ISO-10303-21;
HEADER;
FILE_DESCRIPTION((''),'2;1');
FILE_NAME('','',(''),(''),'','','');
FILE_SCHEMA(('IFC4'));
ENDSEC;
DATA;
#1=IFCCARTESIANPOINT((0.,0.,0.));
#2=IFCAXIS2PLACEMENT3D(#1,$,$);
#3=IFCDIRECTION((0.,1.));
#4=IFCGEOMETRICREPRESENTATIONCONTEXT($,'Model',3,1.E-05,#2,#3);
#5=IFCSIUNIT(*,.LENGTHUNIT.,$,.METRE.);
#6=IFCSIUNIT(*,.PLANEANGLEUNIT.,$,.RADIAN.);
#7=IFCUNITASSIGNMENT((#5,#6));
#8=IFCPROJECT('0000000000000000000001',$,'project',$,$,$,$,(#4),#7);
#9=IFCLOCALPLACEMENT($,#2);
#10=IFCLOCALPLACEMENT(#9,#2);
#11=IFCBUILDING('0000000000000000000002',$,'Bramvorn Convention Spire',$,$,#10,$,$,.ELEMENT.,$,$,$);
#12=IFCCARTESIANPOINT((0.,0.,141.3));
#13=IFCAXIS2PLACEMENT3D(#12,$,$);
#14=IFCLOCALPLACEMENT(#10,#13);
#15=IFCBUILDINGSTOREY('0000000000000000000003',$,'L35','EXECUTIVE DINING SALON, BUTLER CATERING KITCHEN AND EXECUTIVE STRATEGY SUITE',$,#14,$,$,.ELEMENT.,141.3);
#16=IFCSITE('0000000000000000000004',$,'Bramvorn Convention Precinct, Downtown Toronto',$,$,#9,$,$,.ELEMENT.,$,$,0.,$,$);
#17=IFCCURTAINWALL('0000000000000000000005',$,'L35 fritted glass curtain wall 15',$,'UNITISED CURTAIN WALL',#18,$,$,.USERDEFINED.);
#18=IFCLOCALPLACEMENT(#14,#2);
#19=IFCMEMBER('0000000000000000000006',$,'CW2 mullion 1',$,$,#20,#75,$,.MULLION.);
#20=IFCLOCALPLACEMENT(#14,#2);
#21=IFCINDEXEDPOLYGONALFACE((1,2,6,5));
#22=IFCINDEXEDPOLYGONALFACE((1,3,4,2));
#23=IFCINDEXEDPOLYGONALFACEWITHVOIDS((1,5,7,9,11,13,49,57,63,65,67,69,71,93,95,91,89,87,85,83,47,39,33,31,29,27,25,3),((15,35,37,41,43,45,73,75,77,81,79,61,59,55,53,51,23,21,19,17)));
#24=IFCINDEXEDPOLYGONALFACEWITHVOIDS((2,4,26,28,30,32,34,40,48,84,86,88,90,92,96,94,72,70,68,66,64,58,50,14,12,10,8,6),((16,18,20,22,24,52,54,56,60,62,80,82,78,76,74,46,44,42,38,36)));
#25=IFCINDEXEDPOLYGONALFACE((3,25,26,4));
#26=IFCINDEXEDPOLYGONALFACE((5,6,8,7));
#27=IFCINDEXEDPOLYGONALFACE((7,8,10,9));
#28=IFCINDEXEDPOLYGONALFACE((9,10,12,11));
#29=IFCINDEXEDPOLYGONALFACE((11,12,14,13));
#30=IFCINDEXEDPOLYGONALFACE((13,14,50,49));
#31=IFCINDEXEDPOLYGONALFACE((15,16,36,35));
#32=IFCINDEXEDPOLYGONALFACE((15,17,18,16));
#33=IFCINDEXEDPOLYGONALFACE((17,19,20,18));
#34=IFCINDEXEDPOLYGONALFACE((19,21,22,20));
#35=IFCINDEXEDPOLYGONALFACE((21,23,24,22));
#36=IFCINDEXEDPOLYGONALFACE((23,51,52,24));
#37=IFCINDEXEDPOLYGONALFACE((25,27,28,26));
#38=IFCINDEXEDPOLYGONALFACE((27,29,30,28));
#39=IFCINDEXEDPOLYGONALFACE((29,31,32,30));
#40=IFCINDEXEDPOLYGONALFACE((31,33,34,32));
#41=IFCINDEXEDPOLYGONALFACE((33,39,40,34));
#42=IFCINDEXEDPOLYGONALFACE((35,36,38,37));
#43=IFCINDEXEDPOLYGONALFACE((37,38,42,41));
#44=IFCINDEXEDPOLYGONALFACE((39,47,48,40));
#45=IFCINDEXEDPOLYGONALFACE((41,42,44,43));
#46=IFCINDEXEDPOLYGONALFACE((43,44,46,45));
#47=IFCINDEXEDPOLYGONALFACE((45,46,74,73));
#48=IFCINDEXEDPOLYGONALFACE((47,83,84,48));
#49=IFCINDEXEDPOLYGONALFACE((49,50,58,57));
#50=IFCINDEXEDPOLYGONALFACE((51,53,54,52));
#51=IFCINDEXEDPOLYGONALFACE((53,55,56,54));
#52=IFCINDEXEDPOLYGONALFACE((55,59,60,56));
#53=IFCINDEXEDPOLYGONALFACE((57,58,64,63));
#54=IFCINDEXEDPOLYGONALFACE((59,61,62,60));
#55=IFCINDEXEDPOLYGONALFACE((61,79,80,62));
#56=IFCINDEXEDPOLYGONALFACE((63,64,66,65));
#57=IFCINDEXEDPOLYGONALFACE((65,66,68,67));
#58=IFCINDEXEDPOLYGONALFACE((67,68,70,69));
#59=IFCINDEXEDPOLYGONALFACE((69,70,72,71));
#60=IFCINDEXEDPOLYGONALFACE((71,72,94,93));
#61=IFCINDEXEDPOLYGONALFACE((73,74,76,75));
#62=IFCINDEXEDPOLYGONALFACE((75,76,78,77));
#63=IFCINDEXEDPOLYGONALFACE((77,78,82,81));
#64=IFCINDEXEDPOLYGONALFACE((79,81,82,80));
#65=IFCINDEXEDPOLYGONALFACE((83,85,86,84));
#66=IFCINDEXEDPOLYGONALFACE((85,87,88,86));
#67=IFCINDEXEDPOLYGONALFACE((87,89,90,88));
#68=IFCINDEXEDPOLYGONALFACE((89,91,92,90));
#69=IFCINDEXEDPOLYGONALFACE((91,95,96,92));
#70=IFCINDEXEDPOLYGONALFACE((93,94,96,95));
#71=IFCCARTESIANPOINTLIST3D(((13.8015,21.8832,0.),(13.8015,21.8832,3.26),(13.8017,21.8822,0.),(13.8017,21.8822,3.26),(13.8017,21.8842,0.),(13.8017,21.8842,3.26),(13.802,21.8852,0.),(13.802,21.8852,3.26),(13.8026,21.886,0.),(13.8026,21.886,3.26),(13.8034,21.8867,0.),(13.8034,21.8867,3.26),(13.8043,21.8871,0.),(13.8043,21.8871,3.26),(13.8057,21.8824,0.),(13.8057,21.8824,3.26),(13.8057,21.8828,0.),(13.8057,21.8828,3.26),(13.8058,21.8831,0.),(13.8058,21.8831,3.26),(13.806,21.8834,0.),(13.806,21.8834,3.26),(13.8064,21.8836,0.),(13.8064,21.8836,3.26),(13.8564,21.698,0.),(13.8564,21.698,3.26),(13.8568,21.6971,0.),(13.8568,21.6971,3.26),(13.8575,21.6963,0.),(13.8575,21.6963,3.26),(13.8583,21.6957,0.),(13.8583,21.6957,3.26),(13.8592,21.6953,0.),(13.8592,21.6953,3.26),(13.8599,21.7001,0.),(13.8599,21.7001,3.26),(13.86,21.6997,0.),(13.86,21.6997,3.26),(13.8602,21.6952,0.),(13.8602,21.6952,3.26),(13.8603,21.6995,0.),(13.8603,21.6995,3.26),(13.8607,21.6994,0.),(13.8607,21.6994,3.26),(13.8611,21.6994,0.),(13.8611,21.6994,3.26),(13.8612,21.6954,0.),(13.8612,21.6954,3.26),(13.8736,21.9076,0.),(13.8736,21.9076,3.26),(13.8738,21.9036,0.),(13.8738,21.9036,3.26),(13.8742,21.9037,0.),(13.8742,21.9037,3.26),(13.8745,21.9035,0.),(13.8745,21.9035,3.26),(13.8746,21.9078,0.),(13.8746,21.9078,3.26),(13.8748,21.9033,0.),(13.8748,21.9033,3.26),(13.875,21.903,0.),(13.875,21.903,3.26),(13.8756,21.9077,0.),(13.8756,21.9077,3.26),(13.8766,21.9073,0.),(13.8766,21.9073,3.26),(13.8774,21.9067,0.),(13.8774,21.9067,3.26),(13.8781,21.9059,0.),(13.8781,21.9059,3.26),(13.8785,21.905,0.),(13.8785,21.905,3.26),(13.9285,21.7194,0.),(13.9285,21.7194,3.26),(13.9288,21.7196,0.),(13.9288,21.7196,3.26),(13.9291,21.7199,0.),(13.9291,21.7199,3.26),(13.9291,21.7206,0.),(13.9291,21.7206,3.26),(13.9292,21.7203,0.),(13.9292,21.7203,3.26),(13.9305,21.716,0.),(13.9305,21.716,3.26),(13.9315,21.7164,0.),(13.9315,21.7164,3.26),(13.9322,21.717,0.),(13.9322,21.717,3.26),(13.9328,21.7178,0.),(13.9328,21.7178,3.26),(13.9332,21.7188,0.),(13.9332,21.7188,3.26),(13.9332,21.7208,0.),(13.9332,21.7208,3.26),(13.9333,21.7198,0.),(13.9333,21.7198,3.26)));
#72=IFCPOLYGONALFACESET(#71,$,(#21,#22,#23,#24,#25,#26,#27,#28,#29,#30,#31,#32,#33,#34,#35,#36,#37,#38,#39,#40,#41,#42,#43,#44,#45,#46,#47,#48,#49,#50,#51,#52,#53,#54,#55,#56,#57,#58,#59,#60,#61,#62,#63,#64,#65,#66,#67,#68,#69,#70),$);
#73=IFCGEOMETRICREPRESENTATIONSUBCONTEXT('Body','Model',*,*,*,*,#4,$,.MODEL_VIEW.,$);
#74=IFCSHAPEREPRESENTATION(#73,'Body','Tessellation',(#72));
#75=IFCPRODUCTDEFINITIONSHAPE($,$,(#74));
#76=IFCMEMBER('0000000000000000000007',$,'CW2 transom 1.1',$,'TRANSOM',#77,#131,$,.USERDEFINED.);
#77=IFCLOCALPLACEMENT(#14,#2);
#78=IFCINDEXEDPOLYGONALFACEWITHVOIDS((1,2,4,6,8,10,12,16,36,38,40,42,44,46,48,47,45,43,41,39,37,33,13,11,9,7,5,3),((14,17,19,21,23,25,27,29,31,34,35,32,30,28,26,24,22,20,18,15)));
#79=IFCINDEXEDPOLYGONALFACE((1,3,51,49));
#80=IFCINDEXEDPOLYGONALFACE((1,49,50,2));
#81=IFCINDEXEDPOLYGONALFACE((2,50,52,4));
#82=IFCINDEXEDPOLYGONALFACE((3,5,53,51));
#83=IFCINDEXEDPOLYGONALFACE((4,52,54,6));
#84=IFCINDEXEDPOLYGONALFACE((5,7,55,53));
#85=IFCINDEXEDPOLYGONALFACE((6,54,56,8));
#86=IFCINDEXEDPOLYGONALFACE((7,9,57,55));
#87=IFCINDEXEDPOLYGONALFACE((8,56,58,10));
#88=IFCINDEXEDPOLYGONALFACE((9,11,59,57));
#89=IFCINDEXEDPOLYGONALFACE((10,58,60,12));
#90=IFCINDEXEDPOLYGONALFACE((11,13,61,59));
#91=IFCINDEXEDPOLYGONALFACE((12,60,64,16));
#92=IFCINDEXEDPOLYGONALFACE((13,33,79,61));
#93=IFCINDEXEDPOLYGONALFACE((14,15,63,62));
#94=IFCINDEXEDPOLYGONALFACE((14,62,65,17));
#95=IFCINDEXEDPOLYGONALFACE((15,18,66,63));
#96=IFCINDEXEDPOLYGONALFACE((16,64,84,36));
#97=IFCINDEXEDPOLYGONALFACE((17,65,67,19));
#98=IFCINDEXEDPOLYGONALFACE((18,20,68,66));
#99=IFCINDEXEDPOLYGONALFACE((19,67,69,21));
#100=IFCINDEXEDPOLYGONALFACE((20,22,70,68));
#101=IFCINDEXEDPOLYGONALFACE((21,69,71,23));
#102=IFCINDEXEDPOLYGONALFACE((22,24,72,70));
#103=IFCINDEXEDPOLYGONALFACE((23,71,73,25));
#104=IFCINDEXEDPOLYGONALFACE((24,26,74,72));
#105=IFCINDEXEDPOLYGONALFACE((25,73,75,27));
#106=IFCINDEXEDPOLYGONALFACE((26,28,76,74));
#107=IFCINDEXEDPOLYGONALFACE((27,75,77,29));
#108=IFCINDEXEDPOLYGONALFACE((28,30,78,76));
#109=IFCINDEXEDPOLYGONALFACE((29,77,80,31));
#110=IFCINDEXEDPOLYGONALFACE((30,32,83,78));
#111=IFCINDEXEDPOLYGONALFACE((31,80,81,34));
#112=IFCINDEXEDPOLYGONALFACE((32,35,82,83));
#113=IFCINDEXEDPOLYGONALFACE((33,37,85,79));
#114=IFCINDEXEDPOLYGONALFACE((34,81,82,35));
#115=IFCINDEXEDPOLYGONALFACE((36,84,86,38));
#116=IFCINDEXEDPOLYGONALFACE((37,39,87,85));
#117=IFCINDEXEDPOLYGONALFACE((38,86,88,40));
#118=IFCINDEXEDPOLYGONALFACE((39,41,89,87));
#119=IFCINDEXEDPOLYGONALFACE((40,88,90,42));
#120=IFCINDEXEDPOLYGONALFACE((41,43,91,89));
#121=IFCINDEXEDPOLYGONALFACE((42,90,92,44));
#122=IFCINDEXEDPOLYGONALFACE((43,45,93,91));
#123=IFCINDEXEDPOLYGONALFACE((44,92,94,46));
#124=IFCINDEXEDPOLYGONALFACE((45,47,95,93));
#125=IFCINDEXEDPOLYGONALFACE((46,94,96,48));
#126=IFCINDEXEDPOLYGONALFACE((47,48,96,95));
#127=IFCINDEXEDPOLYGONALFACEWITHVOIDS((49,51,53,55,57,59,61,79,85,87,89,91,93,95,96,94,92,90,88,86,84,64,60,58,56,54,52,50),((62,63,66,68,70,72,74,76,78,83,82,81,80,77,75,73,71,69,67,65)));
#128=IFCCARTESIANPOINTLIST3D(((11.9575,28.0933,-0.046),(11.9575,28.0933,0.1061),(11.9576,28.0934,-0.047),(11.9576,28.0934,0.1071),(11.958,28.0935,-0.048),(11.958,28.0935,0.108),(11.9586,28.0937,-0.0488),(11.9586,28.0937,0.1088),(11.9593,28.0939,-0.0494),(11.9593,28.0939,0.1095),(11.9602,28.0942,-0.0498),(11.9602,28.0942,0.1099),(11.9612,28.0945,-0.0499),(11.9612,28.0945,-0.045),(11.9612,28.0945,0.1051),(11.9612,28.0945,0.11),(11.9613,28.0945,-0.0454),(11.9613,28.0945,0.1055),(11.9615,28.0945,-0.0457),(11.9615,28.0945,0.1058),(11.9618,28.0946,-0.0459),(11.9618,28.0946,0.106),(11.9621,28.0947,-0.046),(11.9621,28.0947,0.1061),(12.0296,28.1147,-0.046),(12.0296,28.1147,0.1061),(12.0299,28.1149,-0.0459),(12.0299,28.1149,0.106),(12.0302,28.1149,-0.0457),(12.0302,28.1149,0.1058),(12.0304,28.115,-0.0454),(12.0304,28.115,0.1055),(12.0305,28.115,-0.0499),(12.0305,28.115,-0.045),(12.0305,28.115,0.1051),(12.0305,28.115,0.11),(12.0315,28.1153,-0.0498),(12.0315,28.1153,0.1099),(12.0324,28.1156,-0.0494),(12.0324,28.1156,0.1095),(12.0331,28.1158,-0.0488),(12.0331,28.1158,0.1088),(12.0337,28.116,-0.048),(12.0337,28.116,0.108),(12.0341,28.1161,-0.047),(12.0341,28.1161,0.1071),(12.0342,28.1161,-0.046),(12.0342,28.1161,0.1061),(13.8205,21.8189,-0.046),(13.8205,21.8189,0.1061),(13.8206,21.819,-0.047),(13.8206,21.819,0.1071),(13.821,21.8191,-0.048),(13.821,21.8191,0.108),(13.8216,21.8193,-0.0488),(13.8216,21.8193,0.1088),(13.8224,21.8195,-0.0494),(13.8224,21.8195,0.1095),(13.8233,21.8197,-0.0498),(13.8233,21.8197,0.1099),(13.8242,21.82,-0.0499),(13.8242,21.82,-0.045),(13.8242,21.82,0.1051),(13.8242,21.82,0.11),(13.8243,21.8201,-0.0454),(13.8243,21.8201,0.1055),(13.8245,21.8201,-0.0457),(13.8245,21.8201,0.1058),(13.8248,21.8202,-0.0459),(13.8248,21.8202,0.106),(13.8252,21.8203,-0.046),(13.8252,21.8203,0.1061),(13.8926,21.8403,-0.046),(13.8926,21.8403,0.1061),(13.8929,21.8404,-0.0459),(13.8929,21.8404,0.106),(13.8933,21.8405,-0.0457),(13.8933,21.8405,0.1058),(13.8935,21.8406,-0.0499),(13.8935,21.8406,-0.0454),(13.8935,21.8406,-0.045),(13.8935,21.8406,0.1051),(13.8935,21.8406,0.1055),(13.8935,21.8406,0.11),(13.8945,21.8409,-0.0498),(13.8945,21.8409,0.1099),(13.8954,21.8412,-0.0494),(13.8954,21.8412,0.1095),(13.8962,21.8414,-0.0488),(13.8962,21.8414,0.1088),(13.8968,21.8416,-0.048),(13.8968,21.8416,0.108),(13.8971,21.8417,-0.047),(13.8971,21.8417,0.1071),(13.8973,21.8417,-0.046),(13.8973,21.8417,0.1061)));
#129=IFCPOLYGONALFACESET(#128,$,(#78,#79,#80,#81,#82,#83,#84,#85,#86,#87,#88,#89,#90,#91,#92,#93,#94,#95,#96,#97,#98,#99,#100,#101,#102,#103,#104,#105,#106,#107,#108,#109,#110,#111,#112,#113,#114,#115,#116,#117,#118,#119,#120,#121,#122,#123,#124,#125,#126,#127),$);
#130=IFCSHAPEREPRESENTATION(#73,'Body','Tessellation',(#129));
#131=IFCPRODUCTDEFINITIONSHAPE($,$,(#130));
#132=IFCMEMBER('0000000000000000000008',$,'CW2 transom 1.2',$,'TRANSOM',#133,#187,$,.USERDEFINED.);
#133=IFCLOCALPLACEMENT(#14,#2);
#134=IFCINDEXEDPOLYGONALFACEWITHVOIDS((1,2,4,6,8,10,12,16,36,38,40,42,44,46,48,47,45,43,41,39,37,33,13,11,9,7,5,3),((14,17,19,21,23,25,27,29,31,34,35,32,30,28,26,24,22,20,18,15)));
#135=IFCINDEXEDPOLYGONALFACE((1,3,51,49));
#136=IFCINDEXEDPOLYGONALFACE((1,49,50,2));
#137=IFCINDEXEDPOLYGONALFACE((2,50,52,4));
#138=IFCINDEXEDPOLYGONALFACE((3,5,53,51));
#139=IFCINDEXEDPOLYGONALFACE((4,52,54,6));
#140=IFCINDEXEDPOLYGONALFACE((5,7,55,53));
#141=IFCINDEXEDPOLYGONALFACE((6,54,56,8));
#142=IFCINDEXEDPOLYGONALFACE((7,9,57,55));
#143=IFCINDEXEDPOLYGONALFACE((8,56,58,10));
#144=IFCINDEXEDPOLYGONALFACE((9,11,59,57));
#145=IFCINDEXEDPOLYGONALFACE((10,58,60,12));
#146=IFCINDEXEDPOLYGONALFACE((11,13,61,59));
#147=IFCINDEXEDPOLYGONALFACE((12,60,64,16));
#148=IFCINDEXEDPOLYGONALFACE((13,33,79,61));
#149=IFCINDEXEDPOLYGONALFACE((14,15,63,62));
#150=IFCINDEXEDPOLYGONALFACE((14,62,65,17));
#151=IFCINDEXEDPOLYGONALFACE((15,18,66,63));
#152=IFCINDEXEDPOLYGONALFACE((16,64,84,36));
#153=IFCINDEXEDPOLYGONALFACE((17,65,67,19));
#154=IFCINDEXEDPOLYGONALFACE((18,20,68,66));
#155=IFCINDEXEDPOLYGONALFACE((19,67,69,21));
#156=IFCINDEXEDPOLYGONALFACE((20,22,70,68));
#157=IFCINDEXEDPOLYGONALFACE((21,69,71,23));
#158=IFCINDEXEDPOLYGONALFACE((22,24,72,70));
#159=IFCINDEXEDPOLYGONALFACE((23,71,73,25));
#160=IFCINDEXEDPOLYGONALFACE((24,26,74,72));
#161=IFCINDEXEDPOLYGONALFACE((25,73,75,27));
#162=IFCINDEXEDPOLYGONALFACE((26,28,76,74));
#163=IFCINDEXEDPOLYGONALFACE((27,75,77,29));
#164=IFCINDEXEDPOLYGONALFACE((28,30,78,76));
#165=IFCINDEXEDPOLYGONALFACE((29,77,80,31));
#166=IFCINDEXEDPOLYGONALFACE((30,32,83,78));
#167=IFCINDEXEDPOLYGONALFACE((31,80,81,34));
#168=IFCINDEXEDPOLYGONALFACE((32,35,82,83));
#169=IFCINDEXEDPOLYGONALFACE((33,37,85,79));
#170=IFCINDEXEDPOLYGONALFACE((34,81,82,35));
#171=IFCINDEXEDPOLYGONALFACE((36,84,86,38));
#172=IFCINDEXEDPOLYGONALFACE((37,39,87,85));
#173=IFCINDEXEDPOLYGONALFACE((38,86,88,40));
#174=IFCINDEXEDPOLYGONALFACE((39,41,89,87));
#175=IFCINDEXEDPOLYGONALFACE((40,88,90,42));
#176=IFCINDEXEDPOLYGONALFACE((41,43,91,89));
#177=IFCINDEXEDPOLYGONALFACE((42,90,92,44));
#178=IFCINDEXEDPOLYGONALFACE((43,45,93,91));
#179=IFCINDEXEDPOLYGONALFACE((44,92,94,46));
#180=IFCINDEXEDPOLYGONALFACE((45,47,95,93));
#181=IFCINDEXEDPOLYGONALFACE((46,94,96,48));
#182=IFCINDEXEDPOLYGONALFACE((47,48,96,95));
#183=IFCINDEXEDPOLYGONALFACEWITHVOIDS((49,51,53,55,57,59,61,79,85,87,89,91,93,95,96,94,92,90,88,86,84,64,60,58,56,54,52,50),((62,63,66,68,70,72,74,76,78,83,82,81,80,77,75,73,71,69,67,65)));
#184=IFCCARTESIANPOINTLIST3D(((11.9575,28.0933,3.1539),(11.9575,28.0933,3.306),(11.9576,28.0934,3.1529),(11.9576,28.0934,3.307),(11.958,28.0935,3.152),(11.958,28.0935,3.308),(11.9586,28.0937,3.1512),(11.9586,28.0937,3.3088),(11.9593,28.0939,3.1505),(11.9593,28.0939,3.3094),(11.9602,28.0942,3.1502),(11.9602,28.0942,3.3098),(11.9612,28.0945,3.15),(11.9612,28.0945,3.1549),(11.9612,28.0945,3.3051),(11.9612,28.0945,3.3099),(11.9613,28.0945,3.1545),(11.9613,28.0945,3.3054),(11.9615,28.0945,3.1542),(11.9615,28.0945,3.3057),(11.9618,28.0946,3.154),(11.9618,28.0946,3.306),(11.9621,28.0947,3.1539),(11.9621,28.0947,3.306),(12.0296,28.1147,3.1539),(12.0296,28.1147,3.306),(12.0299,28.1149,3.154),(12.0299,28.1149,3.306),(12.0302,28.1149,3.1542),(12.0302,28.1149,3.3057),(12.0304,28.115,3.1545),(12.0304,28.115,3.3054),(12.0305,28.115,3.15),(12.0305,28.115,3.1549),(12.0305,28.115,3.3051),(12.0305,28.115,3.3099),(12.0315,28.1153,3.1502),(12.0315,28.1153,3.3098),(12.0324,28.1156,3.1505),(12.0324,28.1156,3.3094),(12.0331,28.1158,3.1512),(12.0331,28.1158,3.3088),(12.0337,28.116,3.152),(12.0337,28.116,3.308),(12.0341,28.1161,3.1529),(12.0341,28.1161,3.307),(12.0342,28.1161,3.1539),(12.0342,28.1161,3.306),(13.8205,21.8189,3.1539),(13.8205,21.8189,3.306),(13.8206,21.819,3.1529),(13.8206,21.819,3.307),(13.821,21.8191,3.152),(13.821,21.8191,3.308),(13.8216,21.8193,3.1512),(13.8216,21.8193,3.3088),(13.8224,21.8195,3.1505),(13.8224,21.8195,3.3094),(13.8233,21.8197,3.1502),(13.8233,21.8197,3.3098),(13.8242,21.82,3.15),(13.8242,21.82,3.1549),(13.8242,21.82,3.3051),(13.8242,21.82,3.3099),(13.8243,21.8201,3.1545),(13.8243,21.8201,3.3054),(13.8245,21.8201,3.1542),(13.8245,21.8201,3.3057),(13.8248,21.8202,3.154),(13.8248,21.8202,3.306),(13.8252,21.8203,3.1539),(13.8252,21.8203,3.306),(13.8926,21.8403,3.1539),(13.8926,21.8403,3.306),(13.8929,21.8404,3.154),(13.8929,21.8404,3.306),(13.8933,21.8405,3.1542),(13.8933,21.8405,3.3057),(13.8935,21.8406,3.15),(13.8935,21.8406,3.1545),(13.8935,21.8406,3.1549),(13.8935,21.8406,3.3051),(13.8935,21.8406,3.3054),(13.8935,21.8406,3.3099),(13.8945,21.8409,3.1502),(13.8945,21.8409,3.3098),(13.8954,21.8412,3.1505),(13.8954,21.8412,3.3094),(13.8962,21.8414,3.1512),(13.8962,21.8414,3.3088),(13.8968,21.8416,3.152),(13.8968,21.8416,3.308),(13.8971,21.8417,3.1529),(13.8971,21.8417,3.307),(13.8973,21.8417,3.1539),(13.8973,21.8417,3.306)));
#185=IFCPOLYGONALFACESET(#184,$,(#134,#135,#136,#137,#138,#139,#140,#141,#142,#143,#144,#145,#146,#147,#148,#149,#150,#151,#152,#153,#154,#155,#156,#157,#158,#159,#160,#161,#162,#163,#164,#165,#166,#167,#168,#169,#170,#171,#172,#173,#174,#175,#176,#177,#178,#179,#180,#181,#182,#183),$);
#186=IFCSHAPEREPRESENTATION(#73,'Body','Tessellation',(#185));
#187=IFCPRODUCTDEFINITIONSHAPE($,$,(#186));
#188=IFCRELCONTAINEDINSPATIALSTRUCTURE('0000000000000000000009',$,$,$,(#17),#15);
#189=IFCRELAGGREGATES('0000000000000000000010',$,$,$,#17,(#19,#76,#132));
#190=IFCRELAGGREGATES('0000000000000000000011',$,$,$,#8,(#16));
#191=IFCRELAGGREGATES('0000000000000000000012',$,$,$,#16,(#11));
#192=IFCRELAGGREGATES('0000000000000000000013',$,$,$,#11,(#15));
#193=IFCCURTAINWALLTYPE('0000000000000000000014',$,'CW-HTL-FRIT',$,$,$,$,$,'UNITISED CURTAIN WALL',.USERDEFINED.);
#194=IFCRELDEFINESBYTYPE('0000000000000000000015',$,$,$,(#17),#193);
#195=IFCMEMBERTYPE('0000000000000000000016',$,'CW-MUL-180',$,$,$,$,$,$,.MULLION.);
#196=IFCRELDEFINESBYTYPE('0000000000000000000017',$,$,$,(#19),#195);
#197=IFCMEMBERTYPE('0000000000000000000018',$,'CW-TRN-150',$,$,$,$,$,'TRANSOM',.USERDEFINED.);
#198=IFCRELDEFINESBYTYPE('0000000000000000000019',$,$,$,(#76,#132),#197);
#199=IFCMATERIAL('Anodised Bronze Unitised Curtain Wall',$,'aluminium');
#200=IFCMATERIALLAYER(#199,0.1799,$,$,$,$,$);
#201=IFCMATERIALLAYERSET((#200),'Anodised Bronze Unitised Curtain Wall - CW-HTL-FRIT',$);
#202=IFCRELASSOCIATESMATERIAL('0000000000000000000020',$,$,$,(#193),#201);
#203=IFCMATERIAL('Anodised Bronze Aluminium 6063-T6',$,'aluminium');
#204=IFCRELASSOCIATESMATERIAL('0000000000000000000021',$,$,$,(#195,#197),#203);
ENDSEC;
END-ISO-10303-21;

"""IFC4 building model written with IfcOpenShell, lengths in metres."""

from ifc_helpers import new_model, si_unit, direction, frame, origin, origin_2d, place, context, subcontext, project, spatial, hollow_rectangle, extrude, material, layer, layer_set, material_profile, profile_set, type_object, element, aggregate, save


model = new_model("IFC4")

# Units and contexts
model_context = context("Model", 3, precision=1e-05, world=origin(), true_north=direction((0.0, 1.0)))
body_context = subcontext(model_context, "Body", "Model", "MODEL_VIEW")
ifc_project = project(units=[si_unit("LENGTHUNIT", "METRE"), si_unit("PLANEANGLEUNIT", "RADIAN")], contexts=[model_context])

# Site, building, storey
site_placement = place(None, origin())
site = spatial("IfcSite", under=ifc_project, at=site_placement, Name="Bramvorn Convention Precinct, Downtown Toronto", CompositionType="ELEMENT", RefElevation=0.0)
building_placement = place(site_placement, origin())
building = spatial("IfcBuilding", under=site, at=building_placement, Name="Bramvorn Convention Spire", CompositionType="ELEMENT")
storey_placement = place(building_placement, frame((0.0, 0.0, 141.3)))
storey = spatial("IfcBuildingStorey", under=building, at=storey_placement, Name="L35", Description="EXECUTIVE DINING SALON, BUTLER CATERING KITCHEN AND EXECUTIVE STRATEGY SUITE", CompositionType="ELEMENT", Elevation=141.3)

# Curtain wall, members
ifc_material_1 = material(Name="Anodised Bronze Unitised Curtain Wall", Category="aluminium")
ifc_layer_1 = layer(ifc_material_1, 0.1799)
ifc_layer_set_1 = layer_set([ifc_layer_1], Name="Anodised Bronze Unitised Curtain Wall - CW-HTL-FRIT")
curtain_wall_type = type_object("IfcCurtainWallType", Name="CW-HTL-FRIT", ElementType="UNITISED CURTAIN WALL", PredefinedType="USERDEFINED", material=ifc_layer_set_1)
curtain_wall_placement = place(storey_placement, origin())
curtain_wall = element("IfcCurtainWall", 1, at=curtain_wall_placement, inside=storey, type_object=curtain_wall_type, Name="L35 fritted glass curtain wall 15", ObjectType="UNITISED CURTAIN WALL", PredefinedType="USERDEFINED")
ifc_material_2 = material(Name="Anodised Bronze Aluminium 6063-T6", Category="aluminium")
ifc_material_profile_1 = material_profile(ifc_material_2, hollow_rectangle(XDim=0.0801, YDim=0.2, WallThickness=0.0039, InnerFilletRadius=0.001, OuterFilletRadius=0.0039, at=origin_2d()))
ifc_profile_set_1 = profile_set([ifc_material_profile_1], Name="Anodised Bronze Aluminium 6063-T6 - CWM80X200")
member_type_1 = type_object("IfcMemberType", Name="CW-MUL-180", PredefinedType="MULLION", material=ifc_profile_set_1)
member_1_placement = place(storey_placement, frame((13.8674, 21.8015, 0.0), z_axis=(0.0, 0.0, 1.0), x_axis=(-0.958637, -0.284632, 0.0)))
member_1 = element("IfcMember", 2, at=member_1_placement, type_object=member_type_1, Name="CW2 mullion 1", PredefinedType="MULLION", context=body_context, shape_type="SweptSolid", body=[
    extrude(hollow_rectangle(XDim=0.0801, YDim=0.2, WallThickness=0.0039, InnerFilletRadius=0.001, OuterFilletRadius=0.0039, at=origin_2d()), origin(), (0.0, 0.0, 1.0), 3.26),
])
ifc_material_profile_2 = material_profile(ifc_material_2, hollow_rectangle(XDim=0.0801, YDim=0.1599, WallThickness=0.0039, InnerFilletRadius=0.001, OuterFilletRadius=0.0039, at=origin_2d()))
ifc_profile_set_2 = profile_set([ifc_material_profile_2], Name="Anodised Bronze Aluminium 6063-T6 - CWT80X160")
member_type_2 = type_object("IfcMemberType", Name="CW-TRN-150", ElementType="TRANSOM", PredefinedType="USERDEFINED", material=ifc_profile_set_2)
member_2_placement = place(storey_placement, frame((13.8589, 21.8303, 0.03), z_axis=(-0.284643, 0.958634, 0.0), x_axis=(-0.958634, -0.284643, 0.0)))
member_2 = element("IfcMember", 3, at=member_2_placement, type_object=member_type_2, Name="CW2 transom 1.1", ObjectType="TRANSOM", PredefinedType="USERDEFINED", context=body_context, shape_type="SweptSolid", body=[
    extrude(hollow_rectangle(XDim=0.0801, YDim=0.1599, WallThickness=0.0039, InnerFilletRadius=0.001, OuterFilletRadius=0.0039, at=origin_2d()), origin(), (0.0, 0.0, 1.0), 6.5452),
])
member_3_placement = place(storey_placement, frame((13.8589, 21.8303, 3.23), z_axis=(-0.284643, 0.958634, 0.0), x_axis=(-0.958634, -0.284643, 0.0)))
member_3 = element("IfcMember", 4, at=member_3_placement, type_object=member_type_2, Name="CW2 transom 1.2", ObjectType="TRANSOM", PredefinedType="USERDEFINED", context=body_context, shape_type="SweptSolid", body=[
    extrude(hollow_rectangle(XDim=0.0801, YDim=0.1599, WallThickness=0.0039, InnerFilletRadius=0.001, OuterFilletRadius=0.0039, at=origin_2d()), origin(), (0.0, 0.0, 1.0), 6.5452),
])

aggregate(curtain_wall, [member_1, member_2, member_3])

save(model, "model.ifc")
